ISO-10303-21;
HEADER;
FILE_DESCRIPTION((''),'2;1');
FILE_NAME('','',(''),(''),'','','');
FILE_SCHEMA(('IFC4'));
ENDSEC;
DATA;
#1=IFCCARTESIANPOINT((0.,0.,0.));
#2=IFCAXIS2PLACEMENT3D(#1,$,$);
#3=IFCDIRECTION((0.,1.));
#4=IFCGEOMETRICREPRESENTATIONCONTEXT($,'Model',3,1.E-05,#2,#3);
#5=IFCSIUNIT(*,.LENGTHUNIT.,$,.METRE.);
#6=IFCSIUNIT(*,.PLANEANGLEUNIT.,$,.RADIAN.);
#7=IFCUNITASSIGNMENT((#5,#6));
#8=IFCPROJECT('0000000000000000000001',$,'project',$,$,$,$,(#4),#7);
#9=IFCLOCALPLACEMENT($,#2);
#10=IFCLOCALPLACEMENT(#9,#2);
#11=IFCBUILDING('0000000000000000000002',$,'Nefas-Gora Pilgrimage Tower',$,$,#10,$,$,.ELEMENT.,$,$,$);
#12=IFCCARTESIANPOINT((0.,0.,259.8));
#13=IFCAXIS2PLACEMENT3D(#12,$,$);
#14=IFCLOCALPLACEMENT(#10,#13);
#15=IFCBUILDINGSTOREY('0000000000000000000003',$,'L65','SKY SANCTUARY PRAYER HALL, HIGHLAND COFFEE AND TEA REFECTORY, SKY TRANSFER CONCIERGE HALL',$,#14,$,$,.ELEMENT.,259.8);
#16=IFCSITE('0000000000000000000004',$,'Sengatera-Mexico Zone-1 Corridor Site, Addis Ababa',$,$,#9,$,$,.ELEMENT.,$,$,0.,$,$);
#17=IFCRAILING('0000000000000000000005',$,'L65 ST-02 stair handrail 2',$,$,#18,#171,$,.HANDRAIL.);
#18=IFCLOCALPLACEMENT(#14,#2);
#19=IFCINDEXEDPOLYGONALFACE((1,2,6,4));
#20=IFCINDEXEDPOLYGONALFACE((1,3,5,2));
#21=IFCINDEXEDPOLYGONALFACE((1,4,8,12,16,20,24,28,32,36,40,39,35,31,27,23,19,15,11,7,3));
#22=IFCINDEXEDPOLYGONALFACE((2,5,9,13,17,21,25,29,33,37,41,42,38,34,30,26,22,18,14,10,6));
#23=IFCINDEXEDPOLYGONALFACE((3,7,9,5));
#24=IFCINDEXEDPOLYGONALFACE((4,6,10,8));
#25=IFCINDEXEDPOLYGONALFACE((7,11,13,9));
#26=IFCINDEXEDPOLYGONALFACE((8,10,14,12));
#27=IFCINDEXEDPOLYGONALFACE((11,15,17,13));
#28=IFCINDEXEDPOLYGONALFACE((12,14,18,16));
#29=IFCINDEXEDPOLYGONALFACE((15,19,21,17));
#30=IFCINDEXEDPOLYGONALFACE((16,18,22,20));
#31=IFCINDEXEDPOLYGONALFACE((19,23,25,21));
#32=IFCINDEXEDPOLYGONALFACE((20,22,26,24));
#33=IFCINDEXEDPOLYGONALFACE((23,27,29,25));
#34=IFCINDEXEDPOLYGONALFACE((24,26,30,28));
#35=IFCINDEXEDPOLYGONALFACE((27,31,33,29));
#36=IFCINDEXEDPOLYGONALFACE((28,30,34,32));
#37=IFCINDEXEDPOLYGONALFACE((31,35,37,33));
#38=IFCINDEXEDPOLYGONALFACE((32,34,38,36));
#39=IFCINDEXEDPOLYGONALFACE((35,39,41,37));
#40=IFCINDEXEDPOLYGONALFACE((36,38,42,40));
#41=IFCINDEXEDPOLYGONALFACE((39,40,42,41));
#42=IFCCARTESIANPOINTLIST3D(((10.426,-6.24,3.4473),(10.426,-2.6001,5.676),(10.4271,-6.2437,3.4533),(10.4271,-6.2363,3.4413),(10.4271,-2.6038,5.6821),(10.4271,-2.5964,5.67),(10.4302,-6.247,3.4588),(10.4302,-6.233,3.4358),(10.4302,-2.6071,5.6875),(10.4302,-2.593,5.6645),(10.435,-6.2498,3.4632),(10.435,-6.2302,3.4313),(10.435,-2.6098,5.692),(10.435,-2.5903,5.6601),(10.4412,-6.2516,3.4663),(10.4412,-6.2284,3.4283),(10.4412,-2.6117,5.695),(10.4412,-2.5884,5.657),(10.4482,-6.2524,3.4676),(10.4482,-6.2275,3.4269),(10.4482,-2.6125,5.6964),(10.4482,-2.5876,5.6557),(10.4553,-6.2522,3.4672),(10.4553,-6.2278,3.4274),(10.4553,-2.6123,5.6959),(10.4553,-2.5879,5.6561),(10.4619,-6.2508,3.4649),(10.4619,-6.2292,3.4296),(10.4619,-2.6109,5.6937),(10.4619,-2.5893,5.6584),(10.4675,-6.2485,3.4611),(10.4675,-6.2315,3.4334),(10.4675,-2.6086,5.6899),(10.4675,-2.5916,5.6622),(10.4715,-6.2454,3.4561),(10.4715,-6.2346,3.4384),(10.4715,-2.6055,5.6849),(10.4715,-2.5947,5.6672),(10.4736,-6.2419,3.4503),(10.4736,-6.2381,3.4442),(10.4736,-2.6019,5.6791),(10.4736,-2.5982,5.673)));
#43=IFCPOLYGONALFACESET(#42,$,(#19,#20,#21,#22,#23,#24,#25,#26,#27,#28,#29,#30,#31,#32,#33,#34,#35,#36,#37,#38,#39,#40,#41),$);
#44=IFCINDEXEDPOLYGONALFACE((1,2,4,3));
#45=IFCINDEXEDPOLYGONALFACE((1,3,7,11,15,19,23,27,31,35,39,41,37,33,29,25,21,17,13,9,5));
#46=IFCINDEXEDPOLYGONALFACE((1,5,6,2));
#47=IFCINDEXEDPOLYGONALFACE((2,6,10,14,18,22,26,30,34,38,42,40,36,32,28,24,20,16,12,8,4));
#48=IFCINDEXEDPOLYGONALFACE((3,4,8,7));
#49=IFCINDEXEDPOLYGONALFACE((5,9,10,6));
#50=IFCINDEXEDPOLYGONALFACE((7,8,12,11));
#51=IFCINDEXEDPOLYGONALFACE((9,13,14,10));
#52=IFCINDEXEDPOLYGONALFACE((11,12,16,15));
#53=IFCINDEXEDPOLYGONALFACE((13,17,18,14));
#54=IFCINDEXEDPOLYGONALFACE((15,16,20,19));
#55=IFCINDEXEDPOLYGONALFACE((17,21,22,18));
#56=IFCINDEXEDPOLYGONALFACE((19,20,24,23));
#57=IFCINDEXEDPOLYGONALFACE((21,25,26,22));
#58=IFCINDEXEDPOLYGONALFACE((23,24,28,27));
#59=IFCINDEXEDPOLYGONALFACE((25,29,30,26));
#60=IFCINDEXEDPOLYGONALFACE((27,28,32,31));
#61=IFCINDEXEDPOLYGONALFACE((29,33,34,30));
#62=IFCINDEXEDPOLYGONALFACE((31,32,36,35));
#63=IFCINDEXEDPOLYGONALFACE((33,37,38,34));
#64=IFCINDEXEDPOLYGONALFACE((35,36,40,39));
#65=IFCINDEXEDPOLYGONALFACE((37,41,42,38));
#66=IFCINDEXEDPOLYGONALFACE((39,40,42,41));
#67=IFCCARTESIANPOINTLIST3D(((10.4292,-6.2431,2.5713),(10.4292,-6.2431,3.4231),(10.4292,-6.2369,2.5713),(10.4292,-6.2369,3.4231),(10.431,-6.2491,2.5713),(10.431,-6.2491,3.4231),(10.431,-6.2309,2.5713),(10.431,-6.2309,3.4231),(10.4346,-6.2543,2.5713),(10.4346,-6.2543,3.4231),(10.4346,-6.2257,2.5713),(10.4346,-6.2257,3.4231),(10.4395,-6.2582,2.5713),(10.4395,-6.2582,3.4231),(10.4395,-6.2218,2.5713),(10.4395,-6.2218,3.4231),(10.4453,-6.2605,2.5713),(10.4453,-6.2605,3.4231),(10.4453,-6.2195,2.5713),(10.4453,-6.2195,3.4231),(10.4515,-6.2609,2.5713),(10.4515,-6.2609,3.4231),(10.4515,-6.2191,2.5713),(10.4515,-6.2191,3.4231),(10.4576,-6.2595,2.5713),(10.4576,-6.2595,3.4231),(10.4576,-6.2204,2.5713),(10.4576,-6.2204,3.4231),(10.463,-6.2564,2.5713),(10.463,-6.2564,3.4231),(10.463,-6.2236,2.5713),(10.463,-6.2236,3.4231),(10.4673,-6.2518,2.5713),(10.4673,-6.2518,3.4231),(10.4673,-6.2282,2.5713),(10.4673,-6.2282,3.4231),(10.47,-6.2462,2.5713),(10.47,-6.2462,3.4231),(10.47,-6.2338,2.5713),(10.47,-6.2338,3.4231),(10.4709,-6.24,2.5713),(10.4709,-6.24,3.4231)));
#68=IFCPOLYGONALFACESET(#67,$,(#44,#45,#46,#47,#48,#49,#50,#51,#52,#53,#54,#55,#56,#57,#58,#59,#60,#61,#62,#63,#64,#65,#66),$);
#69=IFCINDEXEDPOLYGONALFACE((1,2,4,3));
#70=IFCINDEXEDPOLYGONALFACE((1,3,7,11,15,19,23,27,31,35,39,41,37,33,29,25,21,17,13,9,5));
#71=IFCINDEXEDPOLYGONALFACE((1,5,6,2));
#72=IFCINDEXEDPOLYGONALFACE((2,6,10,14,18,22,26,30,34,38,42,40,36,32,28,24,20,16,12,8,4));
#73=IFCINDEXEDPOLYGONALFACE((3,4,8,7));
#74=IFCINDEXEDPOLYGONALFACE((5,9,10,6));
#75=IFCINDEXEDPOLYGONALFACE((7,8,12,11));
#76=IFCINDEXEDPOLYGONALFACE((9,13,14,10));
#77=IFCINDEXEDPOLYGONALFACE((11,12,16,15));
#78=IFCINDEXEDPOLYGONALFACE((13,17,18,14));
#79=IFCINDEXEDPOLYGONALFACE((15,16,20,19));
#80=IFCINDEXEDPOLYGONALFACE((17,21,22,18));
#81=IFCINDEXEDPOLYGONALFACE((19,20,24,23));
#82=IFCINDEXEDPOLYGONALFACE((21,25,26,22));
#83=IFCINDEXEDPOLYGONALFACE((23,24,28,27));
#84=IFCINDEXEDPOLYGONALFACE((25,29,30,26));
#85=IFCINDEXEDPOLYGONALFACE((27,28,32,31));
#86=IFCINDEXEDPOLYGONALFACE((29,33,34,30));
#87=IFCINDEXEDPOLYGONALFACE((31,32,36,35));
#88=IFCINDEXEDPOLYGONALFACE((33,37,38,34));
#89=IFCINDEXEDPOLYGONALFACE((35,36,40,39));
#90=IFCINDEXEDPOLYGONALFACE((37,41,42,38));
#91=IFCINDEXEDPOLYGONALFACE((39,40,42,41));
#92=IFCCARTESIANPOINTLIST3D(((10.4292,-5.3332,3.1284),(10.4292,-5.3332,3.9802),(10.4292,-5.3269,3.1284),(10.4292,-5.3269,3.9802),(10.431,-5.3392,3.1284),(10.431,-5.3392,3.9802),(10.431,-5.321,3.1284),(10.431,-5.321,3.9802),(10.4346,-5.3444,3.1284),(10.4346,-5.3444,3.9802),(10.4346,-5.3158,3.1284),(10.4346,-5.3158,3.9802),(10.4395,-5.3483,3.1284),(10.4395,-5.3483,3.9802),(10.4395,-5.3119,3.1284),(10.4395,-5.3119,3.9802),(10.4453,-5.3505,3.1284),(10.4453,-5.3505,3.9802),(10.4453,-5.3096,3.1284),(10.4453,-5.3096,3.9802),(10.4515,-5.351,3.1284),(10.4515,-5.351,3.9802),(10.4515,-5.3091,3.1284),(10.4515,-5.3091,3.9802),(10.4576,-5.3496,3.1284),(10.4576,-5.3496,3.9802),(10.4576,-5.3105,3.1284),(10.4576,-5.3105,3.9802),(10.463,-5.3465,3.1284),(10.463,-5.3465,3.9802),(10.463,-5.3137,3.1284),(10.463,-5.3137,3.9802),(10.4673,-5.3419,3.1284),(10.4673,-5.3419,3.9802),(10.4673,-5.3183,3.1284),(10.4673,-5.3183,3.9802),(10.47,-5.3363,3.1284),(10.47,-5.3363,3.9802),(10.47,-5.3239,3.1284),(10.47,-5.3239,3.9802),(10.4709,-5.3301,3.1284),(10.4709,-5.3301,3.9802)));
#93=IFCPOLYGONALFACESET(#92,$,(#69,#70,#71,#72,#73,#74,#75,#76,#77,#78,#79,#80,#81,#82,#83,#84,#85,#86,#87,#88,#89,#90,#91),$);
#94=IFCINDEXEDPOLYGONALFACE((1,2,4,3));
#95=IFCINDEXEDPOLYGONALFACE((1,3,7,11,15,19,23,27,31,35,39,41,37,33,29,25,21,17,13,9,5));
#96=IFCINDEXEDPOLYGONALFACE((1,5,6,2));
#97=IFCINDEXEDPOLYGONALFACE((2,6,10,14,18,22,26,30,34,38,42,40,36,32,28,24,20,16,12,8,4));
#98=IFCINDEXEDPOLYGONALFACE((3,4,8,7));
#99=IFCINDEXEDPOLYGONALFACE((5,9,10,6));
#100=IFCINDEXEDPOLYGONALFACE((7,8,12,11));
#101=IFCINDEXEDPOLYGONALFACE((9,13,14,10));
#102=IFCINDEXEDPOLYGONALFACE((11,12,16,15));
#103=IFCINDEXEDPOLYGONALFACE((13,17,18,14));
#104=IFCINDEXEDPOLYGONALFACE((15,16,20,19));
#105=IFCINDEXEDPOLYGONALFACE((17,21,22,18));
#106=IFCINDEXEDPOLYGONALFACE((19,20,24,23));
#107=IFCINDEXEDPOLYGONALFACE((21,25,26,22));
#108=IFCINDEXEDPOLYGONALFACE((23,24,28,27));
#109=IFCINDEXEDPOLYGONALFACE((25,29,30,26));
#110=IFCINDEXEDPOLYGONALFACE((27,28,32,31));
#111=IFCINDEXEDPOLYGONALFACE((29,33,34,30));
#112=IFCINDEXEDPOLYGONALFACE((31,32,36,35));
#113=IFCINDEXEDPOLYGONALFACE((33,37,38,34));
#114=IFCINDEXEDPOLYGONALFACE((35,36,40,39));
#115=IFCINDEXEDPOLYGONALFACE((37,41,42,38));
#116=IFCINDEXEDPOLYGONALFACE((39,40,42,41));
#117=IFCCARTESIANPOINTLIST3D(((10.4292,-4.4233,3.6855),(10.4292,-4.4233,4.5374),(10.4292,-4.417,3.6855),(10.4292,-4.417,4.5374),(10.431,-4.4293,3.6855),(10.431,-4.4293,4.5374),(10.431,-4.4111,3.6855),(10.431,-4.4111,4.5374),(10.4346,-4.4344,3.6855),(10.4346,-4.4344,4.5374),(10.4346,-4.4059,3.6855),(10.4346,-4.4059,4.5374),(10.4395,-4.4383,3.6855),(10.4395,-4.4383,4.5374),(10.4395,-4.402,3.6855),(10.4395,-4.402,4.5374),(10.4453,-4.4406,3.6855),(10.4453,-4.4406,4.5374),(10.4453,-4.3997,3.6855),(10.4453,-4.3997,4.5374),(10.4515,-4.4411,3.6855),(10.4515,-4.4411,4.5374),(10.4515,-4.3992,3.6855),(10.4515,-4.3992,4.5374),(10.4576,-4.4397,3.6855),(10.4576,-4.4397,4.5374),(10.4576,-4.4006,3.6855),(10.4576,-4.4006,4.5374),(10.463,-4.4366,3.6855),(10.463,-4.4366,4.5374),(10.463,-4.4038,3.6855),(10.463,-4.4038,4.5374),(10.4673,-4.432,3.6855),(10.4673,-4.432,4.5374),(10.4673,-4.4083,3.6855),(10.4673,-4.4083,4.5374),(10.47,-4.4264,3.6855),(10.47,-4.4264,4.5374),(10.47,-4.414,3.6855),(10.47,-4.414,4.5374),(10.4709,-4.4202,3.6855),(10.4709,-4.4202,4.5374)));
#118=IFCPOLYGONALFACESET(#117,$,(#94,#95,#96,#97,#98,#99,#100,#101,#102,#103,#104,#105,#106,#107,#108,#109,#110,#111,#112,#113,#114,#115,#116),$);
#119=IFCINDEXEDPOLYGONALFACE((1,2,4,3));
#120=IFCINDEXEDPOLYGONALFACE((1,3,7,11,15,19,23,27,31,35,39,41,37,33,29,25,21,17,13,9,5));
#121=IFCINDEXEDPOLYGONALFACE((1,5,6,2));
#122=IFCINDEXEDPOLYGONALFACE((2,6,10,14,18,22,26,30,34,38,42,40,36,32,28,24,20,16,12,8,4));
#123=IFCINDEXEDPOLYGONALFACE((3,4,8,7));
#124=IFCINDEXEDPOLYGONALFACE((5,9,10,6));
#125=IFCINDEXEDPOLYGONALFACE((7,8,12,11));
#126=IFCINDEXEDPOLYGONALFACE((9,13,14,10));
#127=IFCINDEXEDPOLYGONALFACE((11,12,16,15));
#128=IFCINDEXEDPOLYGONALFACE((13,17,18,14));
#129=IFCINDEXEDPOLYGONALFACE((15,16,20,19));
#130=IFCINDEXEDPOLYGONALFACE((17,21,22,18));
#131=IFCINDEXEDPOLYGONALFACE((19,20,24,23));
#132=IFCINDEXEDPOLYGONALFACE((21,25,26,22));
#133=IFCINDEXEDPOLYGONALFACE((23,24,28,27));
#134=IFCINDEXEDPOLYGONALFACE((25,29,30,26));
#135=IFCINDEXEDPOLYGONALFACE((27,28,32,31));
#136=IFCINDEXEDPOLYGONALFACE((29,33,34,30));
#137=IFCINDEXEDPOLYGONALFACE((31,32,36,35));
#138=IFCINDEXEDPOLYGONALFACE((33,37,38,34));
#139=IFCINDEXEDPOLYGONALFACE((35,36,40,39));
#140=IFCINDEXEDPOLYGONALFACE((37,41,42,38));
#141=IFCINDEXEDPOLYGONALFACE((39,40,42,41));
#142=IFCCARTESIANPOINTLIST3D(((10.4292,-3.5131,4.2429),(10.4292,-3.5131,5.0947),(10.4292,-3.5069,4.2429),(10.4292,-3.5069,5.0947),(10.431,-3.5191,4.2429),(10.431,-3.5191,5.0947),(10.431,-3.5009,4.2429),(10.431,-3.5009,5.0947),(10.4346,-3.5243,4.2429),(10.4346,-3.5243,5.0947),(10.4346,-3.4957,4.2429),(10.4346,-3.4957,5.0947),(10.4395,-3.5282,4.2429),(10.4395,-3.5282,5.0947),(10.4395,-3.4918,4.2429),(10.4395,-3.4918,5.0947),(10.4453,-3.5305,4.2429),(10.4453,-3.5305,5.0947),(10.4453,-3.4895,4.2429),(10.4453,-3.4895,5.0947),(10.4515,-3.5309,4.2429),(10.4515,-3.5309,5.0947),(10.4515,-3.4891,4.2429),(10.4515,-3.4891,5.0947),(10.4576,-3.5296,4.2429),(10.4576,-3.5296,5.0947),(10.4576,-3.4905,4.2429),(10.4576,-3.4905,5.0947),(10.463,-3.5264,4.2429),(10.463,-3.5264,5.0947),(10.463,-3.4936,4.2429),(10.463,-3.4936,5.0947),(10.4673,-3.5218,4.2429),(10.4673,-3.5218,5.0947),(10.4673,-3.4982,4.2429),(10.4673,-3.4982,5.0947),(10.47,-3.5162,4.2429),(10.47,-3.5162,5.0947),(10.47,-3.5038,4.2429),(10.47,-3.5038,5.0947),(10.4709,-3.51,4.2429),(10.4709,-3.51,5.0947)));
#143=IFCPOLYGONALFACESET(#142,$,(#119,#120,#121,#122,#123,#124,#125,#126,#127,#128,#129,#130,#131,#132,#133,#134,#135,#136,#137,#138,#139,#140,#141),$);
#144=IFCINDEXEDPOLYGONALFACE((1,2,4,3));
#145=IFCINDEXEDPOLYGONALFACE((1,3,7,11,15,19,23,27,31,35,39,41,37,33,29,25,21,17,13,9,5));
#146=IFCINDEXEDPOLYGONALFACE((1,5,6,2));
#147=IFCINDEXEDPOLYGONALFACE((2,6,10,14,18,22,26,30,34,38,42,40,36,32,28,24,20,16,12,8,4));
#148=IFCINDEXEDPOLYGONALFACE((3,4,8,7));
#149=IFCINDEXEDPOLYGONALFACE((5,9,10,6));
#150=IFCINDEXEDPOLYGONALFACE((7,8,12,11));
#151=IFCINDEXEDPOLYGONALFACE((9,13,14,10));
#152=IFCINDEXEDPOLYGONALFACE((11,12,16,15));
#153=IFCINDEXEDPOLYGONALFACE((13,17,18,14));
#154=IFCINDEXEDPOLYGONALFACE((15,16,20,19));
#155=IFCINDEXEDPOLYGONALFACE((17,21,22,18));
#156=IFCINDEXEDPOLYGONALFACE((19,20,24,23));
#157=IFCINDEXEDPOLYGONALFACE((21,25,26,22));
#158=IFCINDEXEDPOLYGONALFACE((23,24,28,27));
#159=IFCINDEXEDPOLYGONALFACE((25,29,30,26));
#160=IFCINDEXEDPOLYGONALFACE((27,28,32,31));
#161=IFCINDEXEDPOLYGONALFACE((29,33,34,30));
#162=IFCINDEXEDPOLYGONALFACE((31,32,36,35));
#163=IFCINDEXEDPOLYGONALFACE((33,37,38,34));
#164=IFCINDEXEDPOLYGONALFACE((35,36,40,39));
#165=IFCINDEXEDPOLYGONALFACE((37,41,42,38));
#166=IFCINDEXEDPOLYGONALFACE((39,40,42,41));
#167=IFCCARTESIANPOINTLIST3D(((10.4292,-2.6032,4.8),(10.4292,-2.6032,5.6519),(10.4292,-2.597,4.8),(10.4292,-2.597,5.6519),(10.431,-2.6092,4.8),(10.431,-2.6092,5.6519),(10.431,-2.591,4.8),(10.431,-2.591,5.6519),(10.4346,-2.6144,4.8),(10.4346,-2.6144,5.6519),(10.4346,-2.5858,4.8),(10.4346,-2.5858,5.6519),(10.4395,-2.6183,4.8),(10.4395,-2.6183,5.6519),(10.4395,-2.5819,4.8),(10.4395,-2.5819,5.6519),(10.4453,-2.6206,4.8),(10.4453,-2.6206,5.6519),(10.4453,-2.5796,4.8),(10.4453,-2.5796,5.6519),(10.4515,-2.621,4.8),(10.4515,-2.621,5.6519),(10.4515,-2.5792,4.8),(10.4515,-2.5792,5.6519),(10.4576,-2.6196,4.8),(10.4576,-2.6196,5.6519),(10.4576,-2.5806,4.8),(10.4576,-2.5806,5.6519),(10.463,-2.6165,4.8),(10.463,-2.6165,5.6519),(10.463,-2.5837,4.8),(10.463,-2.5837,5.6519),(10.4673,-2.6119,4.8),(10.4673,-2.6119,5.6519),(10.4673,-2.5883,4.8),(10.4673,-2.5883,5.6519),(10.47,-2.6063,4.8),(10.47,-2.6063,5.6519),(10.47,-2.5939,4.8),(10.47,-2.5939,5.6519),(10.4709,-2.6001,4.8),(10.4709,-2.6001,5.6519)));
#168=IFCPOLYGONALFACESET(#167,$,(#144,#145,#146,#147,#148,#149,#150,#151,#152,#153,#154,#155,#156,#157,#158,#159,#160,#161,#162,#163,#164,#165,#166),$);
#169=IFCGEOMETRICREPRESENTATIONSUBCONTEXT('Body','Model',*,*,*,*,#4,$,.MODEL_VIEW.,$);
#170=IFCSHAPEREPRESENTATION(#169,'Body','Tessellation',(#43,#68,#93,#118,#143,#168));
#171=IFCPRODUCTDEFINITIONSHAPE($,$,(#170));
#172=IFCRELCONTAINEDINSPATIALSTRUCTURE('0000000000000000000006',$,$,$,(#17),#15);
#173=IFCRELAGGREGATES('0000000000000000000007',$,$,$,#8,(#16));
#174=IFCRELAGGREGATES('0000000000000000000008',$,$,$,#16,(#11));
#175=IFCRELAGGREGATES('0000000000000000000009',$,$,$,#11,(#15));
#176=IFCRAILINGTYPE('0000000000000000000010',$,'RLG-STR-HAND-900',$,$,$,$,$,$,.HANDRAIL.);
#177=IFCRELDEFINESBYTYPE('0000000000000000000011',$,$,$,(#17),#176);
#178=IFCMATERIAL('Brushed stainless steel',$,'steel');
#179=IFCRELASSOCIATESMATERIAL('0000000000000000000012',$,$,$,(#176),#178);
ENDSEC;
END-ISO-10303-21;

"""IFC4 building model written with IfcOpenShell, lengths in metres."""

from ifc_helpers import new_model, si_unit, direction, frame, origin, origin_2d, place, context, subcontext, project, spatial, circle, extrude, material, type_object, element, save


model = new_model("IFC4")

# Units and contexts
model_context = context("Model", 3, precision=1e-05, world=origin(), true_north=direction((0.0, 1.0)))
body_context = subcontext(model_context, "Body", "Model", "MODEL_VIEW")
ifc_project = project(units=[si_unit("LENGTHUNIT", "METRE"), si_unit("PLANEANGLEUNIT", "RADIAN")], contexts=[model_context])

# Site, building, storey
site_placement = place(None, origin())
site = spatial("IfcSite", under=ifc_project, at=site_placement, Name="Sengatera-Mexico Zone-1 Corridor Site, Addis Ababa", CompositionType="ELEMENT", RefElevation=0.0)
building_placement = place(site_placement, origin())
building = spatial("IfcBuilding", under=site, at=building_placement, Name="Nefas-Gora Pilgrimage Tower", CompositionType="ELEMENT")
storey_placement = place(building_placement, frame((0.0, 0.0, 259.8)))
storey = spatial("IfcBuildingStorey", under=building, at=storey_placement, Name="L65", Description="SKY SANCTUARY PRAYER HALL, HIGHLAND COFFEE AND TEA REFECTORY, SKY TRANSFER CONCIERGE HALL", CompositionType="ELEMENT", Elevation=259.8)

# Railing
ifc_material_1 = material(Name="Brushed stainless steel", Category="steel")
railing_type_1 = type_object("IfcRailingType", Name="RLG-STR-HAND-900", PredefinedType="HANDRAIL", material=ifc_material_1)
railing_1_placement = place(storey_placement, frame((10.45, -6.24, 2.5713)))
element("IfcRailing", 1, at=railing_1_placement, inside=storey, type_object=railing_type_1, Name="L65 ST-02 stair handrail 2", PredefinedType="HANDRAIL", context=body_context, shape_type="SweptSolid", body=[
    extrude(circle(Radius=0.0239, at=origin_2d()), frame((0.0, 0.0, 0.876), z_axis=(0.0, 0.852825, 0.522197), x_axis=(-1.0, 0.0, 0.0)), (0.0, 0.0, 1.0), 4.2681),
    extrude(circle(Radius=0.021, at=origin_2d()), origin(), (0.0, 0.0, 1.0), 0.8518),
    extrude(circle(Radius=0.021, at=origin_2d()), frame((0.0, 0.9099, 0.5571)), (0.0, 0.0, 1.0), 0.8518),
    extrude(circle(Radius=0.021, at=origin_2d()), frame((0.0, 1.8198, 1.1143)), (0.0, 0.0, 1.0), 0.8518),
    extrude(circle(Radius=0.021, at=origin_2d()), frame((0.0, 2.73, 1.6716)), (0.0, 0.0, 1.0), 0.8518),
    extrude(circle(Radius=0.021, at=origin_2d()), frame((0.0, 3.6399, 2.2288)), (0.0, 0.0, 1.0), 0.8518),
])

save(model, "model.ifc")
